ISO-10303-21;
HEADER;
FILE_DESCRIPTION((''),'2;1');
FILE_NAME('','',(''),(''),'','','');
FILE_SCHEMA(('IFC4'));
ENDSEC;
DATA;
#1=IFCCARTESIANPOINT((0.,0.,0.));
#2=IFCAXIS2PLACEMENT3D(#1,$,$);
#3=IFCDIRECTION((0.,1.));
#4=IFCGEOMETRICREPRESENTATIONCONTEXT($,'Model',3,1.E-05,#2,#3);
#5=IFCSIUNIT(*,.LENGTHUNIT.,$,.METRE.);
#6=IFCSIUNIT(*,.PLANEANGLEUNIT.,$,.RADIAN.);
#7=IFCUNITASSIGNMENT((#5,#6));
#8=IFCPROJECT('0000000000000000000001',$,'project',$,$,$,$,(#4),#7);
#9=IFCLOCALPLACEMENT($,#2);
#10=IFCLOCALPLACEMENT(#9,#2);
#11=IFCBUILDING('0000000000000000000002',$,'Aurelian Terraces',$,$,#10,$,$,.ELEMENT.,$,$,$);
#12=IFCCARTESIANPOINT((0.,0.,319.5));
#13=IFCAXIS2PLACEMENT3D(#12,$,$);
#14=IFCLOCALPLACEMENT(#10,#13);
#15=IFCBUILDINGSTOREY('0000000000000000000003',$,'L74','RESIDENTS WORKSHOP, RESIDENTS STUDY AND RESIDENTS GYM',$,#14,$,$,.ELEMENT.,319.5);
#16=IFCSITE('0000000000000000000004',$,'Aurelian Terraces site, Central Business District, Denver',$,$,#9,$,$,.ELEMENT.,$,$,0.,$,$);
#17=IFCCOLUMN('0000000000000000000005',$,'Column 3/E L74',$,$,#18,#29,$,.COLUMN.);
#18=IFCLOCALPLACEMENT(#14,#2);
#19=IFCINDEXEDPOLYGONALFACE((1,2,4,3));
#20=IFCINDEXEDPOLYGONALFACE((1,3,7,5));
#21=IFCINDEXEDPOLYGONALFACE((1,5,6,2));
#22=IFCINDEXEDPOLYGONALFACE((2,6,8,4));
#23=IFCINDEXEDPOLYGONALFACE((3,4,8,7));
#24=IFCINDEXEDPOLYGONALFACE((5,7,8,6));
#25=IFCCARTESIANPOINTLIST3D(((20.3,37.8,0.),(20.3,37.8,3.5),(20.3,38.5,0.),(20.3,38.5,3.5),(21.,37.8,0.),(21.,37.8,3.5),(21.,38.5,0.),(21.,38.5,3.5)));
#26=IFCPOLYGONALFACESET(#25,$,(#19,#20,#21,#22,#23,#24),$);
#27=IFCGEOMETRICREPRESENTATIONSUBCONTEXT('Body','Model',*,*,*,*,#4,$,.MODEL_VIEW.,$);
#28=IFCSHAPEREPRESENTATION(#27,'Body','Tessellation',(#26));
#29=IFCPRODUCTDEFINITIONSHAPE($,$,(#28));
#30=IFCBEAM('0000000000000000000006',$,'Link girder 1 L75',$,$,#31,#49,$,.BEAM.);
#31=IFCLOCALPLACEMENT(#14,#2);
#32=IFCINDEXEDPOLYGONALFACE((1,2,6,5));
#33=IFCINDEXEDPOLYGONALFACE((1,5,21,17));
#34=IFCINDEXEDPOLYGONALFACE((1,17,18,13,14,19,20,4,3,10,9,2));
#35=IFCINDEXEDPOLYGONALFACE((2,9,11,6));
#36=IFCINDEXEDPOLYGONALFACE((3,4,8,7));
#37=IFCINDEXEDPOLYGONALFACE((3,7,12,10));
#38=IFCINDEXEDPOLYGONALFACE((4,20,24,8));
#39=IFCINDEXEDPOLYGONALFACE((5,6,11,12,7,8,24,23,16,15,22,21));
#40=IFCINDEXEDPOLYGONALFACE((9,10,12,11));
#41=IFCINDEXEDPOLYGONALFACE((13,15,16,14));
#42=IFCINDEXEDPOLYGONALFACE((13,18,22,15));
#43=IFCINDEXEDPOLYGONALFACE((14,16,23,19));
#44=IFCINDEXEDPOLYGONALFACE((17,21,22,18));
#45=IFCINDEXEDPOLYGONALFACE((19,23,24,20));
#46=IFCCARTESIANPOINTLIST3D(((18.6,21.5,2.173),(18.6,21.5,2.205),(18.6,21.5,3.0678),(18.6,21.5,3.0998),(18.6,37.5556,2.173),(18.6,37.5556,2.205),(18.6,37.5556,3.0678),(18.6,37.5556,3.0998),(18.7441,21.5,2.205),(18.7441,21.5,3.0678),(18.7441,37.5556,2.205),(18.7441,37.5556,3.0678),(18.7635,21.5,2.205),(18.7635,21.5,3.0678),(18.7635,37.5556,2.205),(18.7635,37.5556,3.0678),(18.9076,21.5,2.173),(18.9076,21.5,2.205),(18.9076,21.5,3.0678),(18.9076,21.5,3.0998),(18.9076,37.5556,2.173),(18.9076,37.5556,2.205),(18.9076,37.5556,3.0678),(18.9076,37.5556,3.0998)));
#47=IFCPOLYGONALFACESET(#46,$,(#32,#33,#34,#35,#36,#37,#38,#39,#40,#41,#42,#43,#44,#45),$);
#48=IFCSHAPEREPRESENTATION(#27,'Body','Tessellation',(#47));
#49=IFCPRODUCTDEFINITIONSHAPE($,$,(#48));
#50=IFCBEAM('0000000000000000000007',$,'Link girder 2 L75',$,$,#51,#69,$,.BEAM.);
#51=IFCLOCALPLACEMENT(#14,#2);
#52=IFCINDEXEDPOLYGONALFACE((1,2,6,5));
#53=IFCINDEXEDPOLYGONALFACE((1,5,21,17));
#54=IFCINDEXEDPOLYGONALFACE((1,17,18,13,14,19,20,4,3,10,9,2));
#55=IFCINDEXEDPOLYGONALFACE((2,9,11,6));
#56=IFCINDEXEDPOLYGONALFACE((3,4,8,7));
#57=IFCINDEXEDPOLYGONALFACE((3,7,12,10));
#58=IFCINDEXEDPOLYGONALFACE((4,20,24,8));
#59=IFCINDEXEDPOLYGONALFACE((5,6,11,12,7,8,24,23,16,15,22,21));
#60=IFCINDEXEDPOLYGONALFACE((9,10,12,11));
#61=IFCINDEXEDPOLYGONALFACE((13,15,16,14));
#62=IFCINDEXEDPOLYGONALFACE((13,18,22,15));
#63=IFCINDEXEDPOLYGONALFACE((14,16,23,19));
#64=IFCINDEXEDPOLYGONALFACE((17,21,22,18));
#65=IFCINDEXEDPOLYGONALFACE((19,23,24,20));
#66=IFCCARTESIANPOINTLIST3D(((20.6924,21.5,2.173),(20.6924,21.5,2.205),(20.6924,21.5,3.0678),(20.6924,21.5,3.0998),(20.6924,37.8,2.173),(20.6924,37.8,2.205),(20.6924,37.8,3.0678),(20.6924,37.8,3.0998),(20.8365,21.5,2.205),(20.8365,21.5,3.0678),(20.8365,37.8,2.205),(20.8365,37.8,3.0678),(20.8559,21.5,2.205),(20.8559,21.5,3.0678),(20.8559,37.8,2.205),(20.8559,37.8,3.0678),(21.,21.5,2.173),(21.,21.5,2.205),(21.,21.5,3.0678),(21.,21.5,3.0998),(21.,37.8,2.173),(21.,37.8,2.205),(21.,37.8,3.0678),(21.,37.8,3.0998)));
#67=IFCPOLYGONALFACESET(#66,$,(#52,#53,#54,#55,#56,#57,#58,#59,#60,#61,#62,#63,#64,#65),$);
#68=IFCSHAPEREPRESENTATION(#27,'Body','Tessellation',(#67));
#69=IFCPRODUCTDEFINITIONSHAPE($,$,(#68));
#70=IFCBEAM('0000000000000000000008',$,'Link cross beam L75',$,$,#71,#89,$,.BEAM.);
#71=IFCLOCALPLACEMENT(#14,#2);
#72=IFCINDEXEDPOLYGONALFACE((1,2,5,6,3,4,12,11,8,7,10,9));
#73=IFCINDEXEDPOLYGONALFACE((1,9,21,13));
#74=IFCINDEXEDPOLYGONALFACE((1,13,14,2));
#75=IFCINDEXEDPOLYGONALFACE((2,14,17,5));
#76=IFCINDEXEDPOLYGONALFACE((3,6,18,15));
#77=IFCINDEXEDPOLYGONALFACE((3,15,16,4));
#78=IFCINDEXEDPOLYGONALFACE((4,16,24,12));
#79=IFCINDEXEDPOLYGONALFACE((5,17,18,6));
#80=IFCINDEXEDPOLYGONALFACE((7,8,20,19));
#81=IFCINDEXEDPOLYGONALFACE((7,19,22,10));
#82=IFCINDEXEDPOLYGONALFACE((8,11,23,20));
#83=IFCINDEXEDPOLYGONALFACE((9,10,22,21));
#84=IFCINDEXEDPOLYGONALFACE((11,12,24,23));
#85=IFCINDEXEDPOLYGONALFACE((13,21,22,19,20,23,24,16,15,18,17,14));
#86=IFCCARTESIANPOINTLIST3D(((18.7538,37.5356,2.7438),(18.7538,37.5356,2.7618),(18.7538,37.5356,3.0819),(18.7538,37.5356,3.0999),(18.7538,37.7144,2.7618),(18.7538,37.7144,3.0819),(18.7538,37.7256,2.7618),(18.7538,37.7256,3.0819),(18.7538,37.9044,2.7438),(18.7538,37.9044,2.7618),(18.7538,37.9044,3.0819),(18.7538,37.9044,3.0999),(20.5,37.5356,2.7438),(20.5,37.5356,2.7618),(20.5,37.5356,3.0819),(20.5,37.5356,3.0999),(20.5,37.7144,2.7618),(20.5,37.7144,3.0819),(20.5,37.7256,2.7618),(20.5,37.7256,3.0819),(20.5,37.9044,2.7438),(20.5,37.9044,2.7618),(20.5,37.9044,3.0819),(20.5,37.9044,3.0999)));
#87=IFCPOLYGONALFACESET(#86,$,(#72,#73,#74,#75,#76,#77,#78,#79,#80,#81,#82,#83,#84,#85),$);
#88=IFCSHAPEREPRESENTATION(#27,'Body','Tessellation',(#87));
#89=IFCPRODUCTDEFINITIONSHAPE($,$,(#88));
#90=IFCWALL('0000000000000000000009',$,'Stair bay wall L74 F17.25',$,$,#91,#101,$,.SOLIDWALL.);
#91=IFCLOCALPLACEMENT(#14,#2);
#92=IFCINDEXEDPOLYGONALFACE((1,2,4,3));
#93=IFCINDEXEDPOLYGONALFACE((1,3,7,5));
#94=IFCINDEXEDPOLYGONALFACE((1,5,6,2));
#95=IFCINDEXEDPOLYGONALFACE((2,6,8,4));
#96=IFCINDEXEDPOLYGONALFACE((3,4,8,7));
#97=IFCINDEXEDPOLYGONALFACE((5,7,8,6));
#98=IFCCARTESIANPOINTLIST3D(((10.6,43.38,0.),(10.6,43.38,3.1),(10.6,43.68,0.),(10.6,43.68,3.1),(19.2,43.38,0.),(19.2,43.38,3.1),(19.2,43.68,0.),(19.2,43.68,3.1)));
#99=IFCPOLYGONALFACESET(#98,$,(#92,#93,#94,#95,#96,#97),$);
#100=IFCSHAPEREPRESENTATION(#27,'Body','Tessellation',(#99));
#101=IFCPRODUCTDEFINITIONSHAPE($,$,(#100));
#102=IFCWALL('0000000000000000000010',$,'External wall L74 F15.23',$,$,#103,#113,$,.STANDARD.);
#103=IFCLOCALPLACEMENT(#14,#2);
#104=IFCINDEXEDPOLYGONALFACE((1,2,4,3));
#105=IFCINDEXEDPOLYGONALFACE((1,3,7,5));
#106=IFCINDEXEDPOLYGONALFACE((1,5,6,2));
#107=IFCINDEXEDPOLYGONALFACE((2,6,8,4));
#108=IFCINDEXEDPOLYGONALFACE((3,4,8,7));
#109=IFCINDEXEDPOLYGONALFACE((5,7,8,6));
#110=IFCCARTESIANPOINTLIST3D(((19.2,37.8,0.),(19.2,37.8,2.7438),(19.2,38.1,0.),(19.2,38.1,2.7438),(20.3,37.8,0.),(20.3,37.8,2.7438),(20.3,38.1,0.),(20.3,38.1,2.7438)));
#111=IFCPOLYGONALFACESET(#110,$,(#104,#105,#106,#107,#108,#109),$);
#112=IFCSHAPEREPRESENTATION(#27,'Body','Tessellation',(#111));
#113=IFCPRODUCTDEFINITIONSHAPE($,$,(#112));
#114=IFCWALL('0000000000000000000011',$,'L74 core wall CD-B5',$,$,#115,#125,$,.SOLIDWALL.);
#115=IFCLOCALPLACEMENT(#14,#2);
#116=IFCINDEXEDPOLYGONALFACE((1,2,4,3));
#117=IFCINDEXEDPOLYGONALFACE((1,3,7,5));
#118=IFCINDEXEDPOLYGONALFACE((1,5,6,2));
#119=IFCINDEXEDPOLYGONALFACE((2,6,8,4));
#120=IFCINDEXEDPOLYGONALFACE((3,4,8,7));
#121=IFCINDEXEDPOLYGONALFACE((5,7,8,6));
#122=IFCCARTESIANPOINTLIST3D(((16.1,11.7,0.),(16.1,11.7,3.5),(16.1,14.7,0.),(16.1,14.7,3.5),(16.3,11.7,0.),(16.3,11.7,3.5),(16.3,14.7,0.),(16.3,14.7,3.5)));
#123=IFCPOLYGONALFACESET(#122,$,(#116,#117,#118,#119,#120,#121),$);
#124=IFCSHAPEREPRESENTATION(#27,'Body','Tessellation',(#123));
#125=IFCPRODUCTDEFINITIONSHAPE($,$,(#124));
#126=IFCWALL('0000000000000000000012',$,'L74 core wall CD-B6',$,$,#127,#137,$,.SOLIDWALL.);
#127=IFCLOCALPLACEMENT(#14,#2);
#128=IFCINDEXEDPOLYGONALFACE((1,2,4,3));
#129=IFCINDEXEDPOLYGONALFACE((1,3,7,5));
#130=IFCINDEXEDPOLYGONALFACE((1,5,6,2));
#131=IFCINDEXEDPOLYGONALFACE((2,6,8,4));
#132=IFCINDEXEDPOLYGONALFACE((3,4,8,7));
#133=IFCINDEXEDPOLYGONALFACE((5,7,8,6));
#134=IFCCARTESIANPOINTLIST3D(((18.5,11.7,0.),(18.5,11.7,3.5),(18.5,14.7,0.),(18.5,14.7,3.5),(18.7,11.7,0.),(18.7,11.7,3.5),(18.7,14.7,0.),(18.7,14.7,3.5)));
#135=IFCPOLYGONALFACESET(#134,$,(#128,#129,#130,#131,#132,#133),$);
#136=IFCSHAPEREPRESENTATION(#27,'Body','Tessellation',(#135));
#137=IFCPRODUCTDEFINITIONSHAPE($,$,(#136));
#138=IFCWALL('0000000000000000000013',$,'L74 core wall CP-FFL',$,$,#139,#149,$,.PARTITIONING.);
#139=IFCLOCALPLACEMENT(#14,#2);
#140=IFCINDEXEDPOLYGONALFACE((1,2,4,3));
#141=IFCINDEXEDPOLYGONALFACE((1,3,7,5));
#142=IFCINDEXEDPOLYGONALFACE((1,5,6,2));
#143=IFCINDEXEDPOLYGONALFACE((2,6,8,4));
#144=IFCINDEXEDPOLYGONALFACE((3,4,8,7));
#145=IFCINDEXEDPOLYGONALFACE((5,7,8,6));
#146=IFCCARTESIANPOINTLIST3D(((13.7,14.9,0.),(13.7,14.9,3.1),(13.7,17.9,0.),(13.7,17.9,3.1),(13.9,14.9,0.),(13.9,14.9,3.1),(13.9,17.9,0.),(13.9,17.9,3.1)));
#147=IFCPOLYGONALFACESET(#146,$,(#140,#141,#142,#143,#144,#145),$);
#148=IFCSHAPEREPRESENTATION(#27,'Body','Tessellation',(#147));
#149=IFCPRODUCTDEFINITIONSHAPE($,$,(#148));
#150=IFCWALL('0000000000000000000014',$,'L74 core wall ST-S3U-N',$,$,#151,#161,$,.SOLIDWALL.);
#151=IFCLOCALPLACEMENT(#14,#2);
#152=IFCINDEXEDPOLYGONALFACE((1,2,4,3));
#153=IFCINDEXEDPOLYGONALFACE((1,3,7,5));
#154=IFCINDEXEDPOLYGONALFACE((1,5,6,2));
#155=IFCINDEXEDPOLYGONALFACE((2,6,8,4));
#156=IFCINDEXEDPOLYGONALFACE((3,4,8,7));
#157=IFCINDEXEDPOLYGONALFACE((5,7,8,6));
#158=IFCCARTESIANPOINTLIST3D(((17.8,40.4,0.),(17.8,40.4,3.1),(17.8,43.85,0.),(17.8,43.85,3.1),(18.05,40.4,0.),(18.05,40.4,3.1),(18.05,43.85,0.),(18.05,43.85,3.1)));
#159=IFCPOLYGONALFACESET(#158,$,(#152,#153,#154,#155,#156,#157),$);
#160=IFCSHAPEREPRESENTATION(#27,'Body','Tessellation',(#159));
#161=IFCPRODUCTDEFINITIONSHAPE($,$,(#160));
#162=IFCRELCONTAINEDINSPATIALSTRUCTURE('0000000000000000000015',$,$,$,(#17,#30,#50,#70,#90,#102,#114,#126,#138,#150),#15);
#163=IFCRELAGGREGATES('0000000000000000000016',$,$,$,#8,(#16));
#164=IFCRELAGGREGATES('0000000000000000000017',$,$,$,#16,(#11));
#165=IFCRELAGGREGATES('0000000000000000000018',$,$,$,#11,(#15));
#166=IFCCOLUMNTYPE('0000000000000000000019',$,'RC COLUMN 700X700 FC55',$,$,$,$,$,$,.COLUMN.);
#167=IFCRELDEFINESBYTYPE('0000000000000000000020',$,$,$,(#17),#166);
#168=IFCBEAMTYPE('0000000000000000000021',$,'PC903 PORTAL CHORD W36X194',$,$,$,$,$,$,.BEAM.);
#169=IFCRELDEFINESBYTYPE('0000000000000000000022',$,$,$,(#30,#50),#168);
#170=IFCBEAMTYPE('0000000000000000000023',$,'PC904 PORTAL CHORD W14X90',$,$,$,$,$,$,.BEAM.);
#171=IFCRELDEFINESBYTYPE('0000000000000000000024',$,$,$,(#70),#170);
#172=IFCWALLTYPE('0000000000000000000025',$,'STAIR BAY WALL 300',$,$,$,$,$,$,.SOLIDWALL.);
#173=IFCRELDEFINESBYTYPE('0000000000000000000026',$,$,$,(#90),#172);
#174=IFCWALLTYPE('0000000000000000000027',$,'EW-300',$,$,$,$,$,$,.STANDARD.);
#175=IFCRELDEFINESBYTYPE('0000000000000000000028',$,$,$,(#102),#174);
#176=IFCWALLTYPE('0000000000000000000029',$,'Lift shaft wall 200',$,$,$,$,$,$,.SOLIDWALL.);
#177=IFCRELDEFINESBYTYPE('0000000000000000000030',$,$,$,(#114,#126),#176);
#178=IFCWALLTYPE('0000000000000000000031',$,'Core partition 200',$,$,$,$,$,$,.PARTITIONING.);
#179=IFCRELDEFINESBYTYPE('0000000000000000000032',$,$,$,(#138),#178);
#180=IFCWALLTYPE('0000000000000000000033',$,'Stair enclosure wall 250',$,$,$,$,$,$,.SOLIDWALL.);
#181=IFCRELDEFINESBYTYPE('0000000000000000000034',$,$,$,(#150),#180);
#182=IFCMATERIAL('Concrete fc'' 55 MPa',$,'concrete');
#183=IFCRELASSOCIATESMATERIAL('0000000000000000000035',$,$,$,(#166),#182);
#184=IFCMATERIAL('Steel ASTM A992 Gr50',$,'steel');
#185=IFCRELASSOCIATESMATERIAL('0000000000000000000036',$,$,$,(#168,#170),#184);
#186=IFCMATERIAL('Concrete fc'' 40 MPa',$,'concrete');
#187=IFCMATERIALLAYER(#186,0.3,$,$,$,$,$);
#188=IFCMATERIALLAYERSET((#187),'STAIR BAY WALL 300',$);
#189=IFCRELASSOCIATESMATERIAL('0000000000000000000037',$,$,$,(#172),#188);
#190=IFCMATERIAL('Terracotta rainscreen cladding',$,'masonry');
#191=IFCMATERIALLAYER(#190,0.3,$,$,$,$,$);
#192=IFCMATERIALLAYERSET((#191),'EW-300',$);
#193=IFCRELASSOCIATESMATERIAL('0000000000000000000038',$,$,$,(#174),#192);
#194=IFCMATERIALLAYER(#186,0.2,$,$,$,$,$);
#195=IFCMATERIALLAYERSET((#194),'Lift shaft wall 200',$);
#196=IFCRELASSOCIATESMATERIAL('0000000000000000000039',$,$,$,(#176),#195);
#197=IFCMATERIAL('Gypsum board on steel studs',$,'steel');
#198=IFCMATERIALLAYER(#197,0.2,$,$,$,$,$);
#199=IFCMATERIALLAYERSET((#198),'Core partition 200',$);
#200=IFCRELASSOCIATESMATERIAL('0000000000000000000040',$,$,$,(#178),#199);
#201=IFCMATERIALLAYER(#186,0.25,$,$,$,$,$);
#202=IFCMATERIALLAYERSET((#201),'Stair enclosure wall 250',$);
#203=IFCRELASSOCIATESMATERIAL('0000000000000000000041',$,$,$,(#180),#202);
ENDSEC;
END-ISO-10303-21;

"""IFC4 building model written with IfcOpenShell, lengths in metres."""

from ifc_helpers import new_model, si_unit, direction, frame, frame_2d, origin, origin_2d, place, context, subcontext, project, spatial, rectangle, i_section, extrude, source, transform, mapped, material, layer, layer_set, material_profile, profile_set, type_object, element, save


model = new_model("IFC4")

# Units and contexts
model_context = context("Model", 3, precision=1e-05, world=origin(), true_north=direction((0.0, 1.0)))
body_context = subcontext(model_context, "Body", "Model", "MODEL_VIEW")
ifc_project = project(units=[si_unit("LENGTHUNIT", "METRE"), si_unit("PLANEANGLEUNIT", "RADIAN")], contexts=[model_context])

# Site, building, storey
site_placement = place(None, origin())
site = spatial("IfcSite", under=ifc_project, at=site_placement, Name="Aurelian Terraces site, Central Business District, Denver", CompositionType="ELEMENT", RefElevation=0.0)
building_placement = place(site_placement, origin())
building = spatial("IfcBuilding", under=site, at=building_placement, Name="Aurelian Terraces", CompositionType="ELEMENT")
storey_placement = place(building_placement, frame((0.0, 0.0, 319.5)))
storey = spatial("IfcBuildingStorey", under=building, at=storey_placement, Name="L74", Description="RESIDENTS WORKSHOP, RESIDENTS STUDY AND RESIDENTS GYM", CompositionType="ELEMENT", Elevation=319.5)

# Column
ifc_material_1 = material(Name="Concrete fc' 55 MPa", Category="concrete")
ifc_material_profile_1 = material_profile(ifc_material_1, rectangle(XDim=0.7, YDim=0.7, at=origin_2d()))
ifc_profile_set_1 = profile_set([ifc_material_profile_1], Name="Concrete fc' 55 MPa")
column_type = type_object("IfcColumnType", Name="RC COLUMN 700X700 FC55", PredefinedType="COLUMN", material=ifc_profile_set_1)
shared_shape_1 = source(origin(), body_context, "Body", "SweptSolid", [
    extrude(rectangle(XDim=0.7, YDim=0.7, at=origin_2d()), origin(), (0.0, 0.0, 1.0), 3.5),
])
column_placement = place(storey_placement, frame((20.65, 38.15, 0.0), z_axis=(0.0, 0.0, 1.0), x_axis=(1.0, 0.0, 0.0)))
element("IfcColumn", 1, at=column_placement, inside=storey, type_object=column_type, Name="Column 3/E L74", PredefinedType="COLUMN", context=body_context, shape_type="MappedRepresentation", body=[
    mapped(shared_shape_1, transform((0.0, 0.0, 0.0), scale=1.0)),
])

# Beams
ifc_material_2 = material(Name="Steel ASTM A992 Gr50", Category="steel")
ifc_material_profile_2 = material_profile(ifc_material_2, i_section(OverallWidth=0.3077, OverallDepth=0.9268, WebThickness=0.0194, FlangeThickness=0.032, at=origin_2d()))
ifc_profile_set_2 = profile_set([ifc_material_profile_2], Name="Steel ASTM A992 Gr50")
beam_type_1 = type_object("IfcBeamType", Name="PC903 PORTAL CHORD W36X194", PredefinedType="BEAM", material=ifc_profile_set_2)
shared_shape_2 = source(origin(), body_context, "Body", "SweptSolid", [
    extrude(i_section(OverallWidth=0.3077, OverallDepth=0.9268, WebThickness=0.0194, FlangeThickness=0.032, at=origin_2d()), origin(), (0.0, 0.0, 1.0), 16.0556),
])
beam_1_placement = place(storey_placement, frame((18.7538, 21.5, 2.6364), z_axis=(0.0, 1.0, 0.0), x_axis=(-1.0, 0.0, 0.0)))
element("IfcBeam", 2, at=beam_1_placement, inside=storey, type_object=beam_type_1, Name="Link girder 1 L75", PredefinedType="BEAM", context=body_context, shape_type="MappedRepresentation", body=[
    mapped(shared_shape_2, transform((0.0, 0.0, 0.0), scale=1.0)),
])
shared_shape_3 = source(origin(), body_context, "Body", "SweptSolid", [
    extrude(i_section(OverallWidth=0.3077, OverallDepth=0.9268, WebThickness=0.0194, FlangeThickness=0.032, at=origin_2d()), origin(), (0.0, 0.0, 1.0), 16.3),
])
beam_2_placement = place(storey_placement, frame((20.8462, 21.5, 2.6364), z_axis=(0.0, 1.0, 0.0), x_axis=(-1.0, 0.0, 0.0)))
element("IfcBeam", 3, at=beam_2_placement, inside=storey, type_object=beam_type_1, Name="Link girder 2 L75", PredefinedType="BEAM", context=body_context, shape_type="MappedRepresentation", body=[
    mapped(shared_shape_3, transform((0.0, 0.0, 0.0), scale=1.0)),
])
ifc_material_profile_3 = material_profile(ifc_material_2, i_section(OverallWidth=0.3688, OverallDepth=0.3561, WebThickness=0.0112, FlangeThickness=0.018, at=origin_2d()))
ifc_profile_set_3 = profile_set([ifc_material_profile_3], Name="Steel ASTM A992 Gr50")
beam_type_2 = type_object("IfcBeamType", Name="PC904 PORTAL CHORD W14X90", PredefinedType="BEAM", material=ifc_profile_set_3)
shared_shape_4 = source(origin(), body_context, "Body", "SweptSolid", [
    extrude(i_section(OverallWidth=0.3688, OverallDepth=0.3561, WebThickness=0.0112, FlangeThickness=0.018, at=origin_2d()), origin(), (0.0, 0.0, 1.0), 1.7462),
])
beam_3_placement = place(storey_placement, frame((18.7538, 37.72, 2.9218), z_axis=(1.0, 0.0, 0.0), x_axis=(0.0, 1.0, 0.0)))
element("IfcBeam", 4, at=beam_3_placement, inside=storey, type_object=beam_type_2, Name="Link cross beam L75", PredefinedType="BEAM", context=body_context, shape_type="MappedRepresentation", body=[
    mapped(shared_shape_4, transform((0.0, 0.0, 0.0), scale=1.0)),
])

# Walls
ifc_material_3 = material(Name="Concrete fc' 40 MPa", Category="concrete")
ifc_layer_1 = layer(ifc_material_3, 0.3)
ifc_layer_set_1 = layer_set([ifc_layer_1], Name="STAIR BAY WALL 300")
wall_type_1 = type_object("IfcWallType", Name="STAIR BAY WALL 300", PredefinedType="SOLIDWALL", material=ifc_layer_set_1)
shared_shape_5 = source(origin(), body_context, "Body", "SweptSolid", [
    extrude(rectangle(XDim=8.6, YDim=0.3, at=frame_2d((4.3, 0.0))), origin(), (0.0, 0.0, 1.0), 3.1),
])
wall_1_placement = place(storey_placement, frame((19.2, 43.53, 0.0), z_axis=(0.0, 0.0, 1.0), x_axis=(-1.0, 0.0, 0.0)))
element("IfcWall", 5, at=wall_1_placement, inside=storey, type_object=wall_type_1, Name="Stair bay wall L74 F17.25", PredefinedType="SOLIDWALL", context=body_context, shape_type="MappedRepresentation", body=[
    mapped(shared_shape_5, transform((0.0, 0.0, 0.0), scale=1.0)),
])
ifc_material_4 = material(Name="Terracotta rainscreen cladding", Category="masonry")
ifc_layer_2 = layer(ifc_material_4, 0.3)
ifc_layer_set_2 = layer_set([ifc_layer_2], Name="EW-300")
wall_type_2 = type_object("IfcWallType", Name="EW-300", PredefinedType="STANDARD", material=ifc_layer_set_2)
shared_shape_6 = source(origin(), body_context, "Body", "SweptSolid", [
    extrude(rectangle(XDim=1.1, YDim=0.3, at=frame_2d((0.55, 0.0))), origin(), (0.0, 0.0, 1.0), 2.7438),
])
wall_2_placement = place(storey_placement, frame((19.2, 37.95, 0.0), z_axis=(0.0, 0.0, 1.0), x_axis=(1.0, 0.0, 0.0)))
element("IfcWall", 6, at=wall_2_placement, inside=storey, type_object=wall_type_2, Name="External wall L74 F15.23", PredefinedType="STANDARD", context=body_context, shape_type="MappedRepresentation", body=[
    mapped(shared_shape_6, transform((0.0, 0.0, 0.0), scale=1.0)),
])
ifc_layer_3 = layer(ifc_material_3, 0.2)
ifc_layer_set_3 = layer_set([ifc_layer_3], Name="Lift shaft wall 200")
wall_type_3 = type_object("IfcWallType", Name="Lift shaft wall 200", PredefinedType="SOLIDWALL", material=ifc_layer_set_3)
shared_shape_7 = source(origin(), body_context, "Body", "SweptSolid", [
    extrude(rectangle(XDim=3.0, YDim=0.2, at=frame_2d((1.5, 0.0))), origin(), (0.0, 0.0, 1.0), 3.5),
])
for number, where, z_axis, x_axis, name in (
    (7, (16.2, 11.7, 0.0), (0.0, 0.0, 1.0), (0.0, 1.0, 0.0), "L74 core wall CD-B5"),
    (8, (18.6, 11.7, 0.0), (0.0, 0.0, 1.0), (0.0, 1.0, 0.0), "L74 core wall CD-B6"),
):
    element("IfcWall", number, at=place(storey_placement, frame(where, z_axis=z_axis, x_axis=x_axis)), inside=storey, type_object=wall_type_3, Name=name, PredefinedType="SOLIDWALL", context=body_context, shape_type="MappedRepresentation", body=[
        mapped(shared_shape_7, transform((0.0, 0.0, 0.0), scale=1.0)),
    ])
ifc_material_5 = material(Name="Gypsum board on steel studs", Category="steel")
ifc_layer_4 = layer(ifc_material_5, 0.2)
ifc_layer_set_4 = layer_set([ifc_layer_4], Name="Core partition 200")
wall_type_4 = type_object("IfcWallType", Name="Core partition 200", PredefinedType="PARTITIONING", material=ifc_layer_set_4)
shared_shape_8 = source(origin(), body_context, "Body", "SweptSolid", [
    extrude(rectangle(XDim=3.0, YDim=0.2, at=frame_2d((1.5, 0.0))), origin(), (0.0, 0.0, 1.0), 3.1),
])
wall_3_placement = place(storey_placement, frame((13.8, 14.9, 0.0), z_axis=(0.0, 0.0, 1.0), x_axis=(0.0, 1.0, 0.0)))
element("IfcWall", 9, at=wall_3_placement, inside=storey, type_object=wall_type_4, Name="L74 core wall CP-FFL", PredefinedType="PARTITIONING", context=body_context, shape_type="MappedRepresentation", body=[
    mapped(shared_shape_8, transform((0.0, 0.0, 0.0), scale=1.0)),
])
ifc_layer_5 = layer(ifc_material_3, 0.25)
ifc_layer_set_5 = layer_set([ifc_layer_5], Name="Stair enclosure wall 250")
wall_type_5 = type_object("IfcWallType", Name="Stair enclosure wall 250", PredefinedType="SOLIDWALL", material=ifc_layer_set_5)
shared_shape_9 = source(origin(), body_context, "Body", "SweptSolid", [
    extrude(rectangle(XDim=3.45, YDim=0.25, at=frame_2d((1.725, 0.0))), origin(), (0.0, 0.0, 1.0), 3.1),
])
wall_4_placement = place(storey_placement, frame((17.925, 40.4, 0.0), z_axis=(0.0, 0.0, 1.0), x_axis=(0.0, 1.0, 0.0)))
element("IfcWall", 10, at=wall_4_placement, inside=storey, type_object=wall_type_5, Name="L74 core wall ST-S3U-N", PredefinedType="SOLIDWALL", context=body_context, shape_type="MappedRepresentation", body=[
    mapped(shared_shape_9, transform((0.0, 0.0, 0.0), scale=1.0)),
])

save(model, "model.ifc")
